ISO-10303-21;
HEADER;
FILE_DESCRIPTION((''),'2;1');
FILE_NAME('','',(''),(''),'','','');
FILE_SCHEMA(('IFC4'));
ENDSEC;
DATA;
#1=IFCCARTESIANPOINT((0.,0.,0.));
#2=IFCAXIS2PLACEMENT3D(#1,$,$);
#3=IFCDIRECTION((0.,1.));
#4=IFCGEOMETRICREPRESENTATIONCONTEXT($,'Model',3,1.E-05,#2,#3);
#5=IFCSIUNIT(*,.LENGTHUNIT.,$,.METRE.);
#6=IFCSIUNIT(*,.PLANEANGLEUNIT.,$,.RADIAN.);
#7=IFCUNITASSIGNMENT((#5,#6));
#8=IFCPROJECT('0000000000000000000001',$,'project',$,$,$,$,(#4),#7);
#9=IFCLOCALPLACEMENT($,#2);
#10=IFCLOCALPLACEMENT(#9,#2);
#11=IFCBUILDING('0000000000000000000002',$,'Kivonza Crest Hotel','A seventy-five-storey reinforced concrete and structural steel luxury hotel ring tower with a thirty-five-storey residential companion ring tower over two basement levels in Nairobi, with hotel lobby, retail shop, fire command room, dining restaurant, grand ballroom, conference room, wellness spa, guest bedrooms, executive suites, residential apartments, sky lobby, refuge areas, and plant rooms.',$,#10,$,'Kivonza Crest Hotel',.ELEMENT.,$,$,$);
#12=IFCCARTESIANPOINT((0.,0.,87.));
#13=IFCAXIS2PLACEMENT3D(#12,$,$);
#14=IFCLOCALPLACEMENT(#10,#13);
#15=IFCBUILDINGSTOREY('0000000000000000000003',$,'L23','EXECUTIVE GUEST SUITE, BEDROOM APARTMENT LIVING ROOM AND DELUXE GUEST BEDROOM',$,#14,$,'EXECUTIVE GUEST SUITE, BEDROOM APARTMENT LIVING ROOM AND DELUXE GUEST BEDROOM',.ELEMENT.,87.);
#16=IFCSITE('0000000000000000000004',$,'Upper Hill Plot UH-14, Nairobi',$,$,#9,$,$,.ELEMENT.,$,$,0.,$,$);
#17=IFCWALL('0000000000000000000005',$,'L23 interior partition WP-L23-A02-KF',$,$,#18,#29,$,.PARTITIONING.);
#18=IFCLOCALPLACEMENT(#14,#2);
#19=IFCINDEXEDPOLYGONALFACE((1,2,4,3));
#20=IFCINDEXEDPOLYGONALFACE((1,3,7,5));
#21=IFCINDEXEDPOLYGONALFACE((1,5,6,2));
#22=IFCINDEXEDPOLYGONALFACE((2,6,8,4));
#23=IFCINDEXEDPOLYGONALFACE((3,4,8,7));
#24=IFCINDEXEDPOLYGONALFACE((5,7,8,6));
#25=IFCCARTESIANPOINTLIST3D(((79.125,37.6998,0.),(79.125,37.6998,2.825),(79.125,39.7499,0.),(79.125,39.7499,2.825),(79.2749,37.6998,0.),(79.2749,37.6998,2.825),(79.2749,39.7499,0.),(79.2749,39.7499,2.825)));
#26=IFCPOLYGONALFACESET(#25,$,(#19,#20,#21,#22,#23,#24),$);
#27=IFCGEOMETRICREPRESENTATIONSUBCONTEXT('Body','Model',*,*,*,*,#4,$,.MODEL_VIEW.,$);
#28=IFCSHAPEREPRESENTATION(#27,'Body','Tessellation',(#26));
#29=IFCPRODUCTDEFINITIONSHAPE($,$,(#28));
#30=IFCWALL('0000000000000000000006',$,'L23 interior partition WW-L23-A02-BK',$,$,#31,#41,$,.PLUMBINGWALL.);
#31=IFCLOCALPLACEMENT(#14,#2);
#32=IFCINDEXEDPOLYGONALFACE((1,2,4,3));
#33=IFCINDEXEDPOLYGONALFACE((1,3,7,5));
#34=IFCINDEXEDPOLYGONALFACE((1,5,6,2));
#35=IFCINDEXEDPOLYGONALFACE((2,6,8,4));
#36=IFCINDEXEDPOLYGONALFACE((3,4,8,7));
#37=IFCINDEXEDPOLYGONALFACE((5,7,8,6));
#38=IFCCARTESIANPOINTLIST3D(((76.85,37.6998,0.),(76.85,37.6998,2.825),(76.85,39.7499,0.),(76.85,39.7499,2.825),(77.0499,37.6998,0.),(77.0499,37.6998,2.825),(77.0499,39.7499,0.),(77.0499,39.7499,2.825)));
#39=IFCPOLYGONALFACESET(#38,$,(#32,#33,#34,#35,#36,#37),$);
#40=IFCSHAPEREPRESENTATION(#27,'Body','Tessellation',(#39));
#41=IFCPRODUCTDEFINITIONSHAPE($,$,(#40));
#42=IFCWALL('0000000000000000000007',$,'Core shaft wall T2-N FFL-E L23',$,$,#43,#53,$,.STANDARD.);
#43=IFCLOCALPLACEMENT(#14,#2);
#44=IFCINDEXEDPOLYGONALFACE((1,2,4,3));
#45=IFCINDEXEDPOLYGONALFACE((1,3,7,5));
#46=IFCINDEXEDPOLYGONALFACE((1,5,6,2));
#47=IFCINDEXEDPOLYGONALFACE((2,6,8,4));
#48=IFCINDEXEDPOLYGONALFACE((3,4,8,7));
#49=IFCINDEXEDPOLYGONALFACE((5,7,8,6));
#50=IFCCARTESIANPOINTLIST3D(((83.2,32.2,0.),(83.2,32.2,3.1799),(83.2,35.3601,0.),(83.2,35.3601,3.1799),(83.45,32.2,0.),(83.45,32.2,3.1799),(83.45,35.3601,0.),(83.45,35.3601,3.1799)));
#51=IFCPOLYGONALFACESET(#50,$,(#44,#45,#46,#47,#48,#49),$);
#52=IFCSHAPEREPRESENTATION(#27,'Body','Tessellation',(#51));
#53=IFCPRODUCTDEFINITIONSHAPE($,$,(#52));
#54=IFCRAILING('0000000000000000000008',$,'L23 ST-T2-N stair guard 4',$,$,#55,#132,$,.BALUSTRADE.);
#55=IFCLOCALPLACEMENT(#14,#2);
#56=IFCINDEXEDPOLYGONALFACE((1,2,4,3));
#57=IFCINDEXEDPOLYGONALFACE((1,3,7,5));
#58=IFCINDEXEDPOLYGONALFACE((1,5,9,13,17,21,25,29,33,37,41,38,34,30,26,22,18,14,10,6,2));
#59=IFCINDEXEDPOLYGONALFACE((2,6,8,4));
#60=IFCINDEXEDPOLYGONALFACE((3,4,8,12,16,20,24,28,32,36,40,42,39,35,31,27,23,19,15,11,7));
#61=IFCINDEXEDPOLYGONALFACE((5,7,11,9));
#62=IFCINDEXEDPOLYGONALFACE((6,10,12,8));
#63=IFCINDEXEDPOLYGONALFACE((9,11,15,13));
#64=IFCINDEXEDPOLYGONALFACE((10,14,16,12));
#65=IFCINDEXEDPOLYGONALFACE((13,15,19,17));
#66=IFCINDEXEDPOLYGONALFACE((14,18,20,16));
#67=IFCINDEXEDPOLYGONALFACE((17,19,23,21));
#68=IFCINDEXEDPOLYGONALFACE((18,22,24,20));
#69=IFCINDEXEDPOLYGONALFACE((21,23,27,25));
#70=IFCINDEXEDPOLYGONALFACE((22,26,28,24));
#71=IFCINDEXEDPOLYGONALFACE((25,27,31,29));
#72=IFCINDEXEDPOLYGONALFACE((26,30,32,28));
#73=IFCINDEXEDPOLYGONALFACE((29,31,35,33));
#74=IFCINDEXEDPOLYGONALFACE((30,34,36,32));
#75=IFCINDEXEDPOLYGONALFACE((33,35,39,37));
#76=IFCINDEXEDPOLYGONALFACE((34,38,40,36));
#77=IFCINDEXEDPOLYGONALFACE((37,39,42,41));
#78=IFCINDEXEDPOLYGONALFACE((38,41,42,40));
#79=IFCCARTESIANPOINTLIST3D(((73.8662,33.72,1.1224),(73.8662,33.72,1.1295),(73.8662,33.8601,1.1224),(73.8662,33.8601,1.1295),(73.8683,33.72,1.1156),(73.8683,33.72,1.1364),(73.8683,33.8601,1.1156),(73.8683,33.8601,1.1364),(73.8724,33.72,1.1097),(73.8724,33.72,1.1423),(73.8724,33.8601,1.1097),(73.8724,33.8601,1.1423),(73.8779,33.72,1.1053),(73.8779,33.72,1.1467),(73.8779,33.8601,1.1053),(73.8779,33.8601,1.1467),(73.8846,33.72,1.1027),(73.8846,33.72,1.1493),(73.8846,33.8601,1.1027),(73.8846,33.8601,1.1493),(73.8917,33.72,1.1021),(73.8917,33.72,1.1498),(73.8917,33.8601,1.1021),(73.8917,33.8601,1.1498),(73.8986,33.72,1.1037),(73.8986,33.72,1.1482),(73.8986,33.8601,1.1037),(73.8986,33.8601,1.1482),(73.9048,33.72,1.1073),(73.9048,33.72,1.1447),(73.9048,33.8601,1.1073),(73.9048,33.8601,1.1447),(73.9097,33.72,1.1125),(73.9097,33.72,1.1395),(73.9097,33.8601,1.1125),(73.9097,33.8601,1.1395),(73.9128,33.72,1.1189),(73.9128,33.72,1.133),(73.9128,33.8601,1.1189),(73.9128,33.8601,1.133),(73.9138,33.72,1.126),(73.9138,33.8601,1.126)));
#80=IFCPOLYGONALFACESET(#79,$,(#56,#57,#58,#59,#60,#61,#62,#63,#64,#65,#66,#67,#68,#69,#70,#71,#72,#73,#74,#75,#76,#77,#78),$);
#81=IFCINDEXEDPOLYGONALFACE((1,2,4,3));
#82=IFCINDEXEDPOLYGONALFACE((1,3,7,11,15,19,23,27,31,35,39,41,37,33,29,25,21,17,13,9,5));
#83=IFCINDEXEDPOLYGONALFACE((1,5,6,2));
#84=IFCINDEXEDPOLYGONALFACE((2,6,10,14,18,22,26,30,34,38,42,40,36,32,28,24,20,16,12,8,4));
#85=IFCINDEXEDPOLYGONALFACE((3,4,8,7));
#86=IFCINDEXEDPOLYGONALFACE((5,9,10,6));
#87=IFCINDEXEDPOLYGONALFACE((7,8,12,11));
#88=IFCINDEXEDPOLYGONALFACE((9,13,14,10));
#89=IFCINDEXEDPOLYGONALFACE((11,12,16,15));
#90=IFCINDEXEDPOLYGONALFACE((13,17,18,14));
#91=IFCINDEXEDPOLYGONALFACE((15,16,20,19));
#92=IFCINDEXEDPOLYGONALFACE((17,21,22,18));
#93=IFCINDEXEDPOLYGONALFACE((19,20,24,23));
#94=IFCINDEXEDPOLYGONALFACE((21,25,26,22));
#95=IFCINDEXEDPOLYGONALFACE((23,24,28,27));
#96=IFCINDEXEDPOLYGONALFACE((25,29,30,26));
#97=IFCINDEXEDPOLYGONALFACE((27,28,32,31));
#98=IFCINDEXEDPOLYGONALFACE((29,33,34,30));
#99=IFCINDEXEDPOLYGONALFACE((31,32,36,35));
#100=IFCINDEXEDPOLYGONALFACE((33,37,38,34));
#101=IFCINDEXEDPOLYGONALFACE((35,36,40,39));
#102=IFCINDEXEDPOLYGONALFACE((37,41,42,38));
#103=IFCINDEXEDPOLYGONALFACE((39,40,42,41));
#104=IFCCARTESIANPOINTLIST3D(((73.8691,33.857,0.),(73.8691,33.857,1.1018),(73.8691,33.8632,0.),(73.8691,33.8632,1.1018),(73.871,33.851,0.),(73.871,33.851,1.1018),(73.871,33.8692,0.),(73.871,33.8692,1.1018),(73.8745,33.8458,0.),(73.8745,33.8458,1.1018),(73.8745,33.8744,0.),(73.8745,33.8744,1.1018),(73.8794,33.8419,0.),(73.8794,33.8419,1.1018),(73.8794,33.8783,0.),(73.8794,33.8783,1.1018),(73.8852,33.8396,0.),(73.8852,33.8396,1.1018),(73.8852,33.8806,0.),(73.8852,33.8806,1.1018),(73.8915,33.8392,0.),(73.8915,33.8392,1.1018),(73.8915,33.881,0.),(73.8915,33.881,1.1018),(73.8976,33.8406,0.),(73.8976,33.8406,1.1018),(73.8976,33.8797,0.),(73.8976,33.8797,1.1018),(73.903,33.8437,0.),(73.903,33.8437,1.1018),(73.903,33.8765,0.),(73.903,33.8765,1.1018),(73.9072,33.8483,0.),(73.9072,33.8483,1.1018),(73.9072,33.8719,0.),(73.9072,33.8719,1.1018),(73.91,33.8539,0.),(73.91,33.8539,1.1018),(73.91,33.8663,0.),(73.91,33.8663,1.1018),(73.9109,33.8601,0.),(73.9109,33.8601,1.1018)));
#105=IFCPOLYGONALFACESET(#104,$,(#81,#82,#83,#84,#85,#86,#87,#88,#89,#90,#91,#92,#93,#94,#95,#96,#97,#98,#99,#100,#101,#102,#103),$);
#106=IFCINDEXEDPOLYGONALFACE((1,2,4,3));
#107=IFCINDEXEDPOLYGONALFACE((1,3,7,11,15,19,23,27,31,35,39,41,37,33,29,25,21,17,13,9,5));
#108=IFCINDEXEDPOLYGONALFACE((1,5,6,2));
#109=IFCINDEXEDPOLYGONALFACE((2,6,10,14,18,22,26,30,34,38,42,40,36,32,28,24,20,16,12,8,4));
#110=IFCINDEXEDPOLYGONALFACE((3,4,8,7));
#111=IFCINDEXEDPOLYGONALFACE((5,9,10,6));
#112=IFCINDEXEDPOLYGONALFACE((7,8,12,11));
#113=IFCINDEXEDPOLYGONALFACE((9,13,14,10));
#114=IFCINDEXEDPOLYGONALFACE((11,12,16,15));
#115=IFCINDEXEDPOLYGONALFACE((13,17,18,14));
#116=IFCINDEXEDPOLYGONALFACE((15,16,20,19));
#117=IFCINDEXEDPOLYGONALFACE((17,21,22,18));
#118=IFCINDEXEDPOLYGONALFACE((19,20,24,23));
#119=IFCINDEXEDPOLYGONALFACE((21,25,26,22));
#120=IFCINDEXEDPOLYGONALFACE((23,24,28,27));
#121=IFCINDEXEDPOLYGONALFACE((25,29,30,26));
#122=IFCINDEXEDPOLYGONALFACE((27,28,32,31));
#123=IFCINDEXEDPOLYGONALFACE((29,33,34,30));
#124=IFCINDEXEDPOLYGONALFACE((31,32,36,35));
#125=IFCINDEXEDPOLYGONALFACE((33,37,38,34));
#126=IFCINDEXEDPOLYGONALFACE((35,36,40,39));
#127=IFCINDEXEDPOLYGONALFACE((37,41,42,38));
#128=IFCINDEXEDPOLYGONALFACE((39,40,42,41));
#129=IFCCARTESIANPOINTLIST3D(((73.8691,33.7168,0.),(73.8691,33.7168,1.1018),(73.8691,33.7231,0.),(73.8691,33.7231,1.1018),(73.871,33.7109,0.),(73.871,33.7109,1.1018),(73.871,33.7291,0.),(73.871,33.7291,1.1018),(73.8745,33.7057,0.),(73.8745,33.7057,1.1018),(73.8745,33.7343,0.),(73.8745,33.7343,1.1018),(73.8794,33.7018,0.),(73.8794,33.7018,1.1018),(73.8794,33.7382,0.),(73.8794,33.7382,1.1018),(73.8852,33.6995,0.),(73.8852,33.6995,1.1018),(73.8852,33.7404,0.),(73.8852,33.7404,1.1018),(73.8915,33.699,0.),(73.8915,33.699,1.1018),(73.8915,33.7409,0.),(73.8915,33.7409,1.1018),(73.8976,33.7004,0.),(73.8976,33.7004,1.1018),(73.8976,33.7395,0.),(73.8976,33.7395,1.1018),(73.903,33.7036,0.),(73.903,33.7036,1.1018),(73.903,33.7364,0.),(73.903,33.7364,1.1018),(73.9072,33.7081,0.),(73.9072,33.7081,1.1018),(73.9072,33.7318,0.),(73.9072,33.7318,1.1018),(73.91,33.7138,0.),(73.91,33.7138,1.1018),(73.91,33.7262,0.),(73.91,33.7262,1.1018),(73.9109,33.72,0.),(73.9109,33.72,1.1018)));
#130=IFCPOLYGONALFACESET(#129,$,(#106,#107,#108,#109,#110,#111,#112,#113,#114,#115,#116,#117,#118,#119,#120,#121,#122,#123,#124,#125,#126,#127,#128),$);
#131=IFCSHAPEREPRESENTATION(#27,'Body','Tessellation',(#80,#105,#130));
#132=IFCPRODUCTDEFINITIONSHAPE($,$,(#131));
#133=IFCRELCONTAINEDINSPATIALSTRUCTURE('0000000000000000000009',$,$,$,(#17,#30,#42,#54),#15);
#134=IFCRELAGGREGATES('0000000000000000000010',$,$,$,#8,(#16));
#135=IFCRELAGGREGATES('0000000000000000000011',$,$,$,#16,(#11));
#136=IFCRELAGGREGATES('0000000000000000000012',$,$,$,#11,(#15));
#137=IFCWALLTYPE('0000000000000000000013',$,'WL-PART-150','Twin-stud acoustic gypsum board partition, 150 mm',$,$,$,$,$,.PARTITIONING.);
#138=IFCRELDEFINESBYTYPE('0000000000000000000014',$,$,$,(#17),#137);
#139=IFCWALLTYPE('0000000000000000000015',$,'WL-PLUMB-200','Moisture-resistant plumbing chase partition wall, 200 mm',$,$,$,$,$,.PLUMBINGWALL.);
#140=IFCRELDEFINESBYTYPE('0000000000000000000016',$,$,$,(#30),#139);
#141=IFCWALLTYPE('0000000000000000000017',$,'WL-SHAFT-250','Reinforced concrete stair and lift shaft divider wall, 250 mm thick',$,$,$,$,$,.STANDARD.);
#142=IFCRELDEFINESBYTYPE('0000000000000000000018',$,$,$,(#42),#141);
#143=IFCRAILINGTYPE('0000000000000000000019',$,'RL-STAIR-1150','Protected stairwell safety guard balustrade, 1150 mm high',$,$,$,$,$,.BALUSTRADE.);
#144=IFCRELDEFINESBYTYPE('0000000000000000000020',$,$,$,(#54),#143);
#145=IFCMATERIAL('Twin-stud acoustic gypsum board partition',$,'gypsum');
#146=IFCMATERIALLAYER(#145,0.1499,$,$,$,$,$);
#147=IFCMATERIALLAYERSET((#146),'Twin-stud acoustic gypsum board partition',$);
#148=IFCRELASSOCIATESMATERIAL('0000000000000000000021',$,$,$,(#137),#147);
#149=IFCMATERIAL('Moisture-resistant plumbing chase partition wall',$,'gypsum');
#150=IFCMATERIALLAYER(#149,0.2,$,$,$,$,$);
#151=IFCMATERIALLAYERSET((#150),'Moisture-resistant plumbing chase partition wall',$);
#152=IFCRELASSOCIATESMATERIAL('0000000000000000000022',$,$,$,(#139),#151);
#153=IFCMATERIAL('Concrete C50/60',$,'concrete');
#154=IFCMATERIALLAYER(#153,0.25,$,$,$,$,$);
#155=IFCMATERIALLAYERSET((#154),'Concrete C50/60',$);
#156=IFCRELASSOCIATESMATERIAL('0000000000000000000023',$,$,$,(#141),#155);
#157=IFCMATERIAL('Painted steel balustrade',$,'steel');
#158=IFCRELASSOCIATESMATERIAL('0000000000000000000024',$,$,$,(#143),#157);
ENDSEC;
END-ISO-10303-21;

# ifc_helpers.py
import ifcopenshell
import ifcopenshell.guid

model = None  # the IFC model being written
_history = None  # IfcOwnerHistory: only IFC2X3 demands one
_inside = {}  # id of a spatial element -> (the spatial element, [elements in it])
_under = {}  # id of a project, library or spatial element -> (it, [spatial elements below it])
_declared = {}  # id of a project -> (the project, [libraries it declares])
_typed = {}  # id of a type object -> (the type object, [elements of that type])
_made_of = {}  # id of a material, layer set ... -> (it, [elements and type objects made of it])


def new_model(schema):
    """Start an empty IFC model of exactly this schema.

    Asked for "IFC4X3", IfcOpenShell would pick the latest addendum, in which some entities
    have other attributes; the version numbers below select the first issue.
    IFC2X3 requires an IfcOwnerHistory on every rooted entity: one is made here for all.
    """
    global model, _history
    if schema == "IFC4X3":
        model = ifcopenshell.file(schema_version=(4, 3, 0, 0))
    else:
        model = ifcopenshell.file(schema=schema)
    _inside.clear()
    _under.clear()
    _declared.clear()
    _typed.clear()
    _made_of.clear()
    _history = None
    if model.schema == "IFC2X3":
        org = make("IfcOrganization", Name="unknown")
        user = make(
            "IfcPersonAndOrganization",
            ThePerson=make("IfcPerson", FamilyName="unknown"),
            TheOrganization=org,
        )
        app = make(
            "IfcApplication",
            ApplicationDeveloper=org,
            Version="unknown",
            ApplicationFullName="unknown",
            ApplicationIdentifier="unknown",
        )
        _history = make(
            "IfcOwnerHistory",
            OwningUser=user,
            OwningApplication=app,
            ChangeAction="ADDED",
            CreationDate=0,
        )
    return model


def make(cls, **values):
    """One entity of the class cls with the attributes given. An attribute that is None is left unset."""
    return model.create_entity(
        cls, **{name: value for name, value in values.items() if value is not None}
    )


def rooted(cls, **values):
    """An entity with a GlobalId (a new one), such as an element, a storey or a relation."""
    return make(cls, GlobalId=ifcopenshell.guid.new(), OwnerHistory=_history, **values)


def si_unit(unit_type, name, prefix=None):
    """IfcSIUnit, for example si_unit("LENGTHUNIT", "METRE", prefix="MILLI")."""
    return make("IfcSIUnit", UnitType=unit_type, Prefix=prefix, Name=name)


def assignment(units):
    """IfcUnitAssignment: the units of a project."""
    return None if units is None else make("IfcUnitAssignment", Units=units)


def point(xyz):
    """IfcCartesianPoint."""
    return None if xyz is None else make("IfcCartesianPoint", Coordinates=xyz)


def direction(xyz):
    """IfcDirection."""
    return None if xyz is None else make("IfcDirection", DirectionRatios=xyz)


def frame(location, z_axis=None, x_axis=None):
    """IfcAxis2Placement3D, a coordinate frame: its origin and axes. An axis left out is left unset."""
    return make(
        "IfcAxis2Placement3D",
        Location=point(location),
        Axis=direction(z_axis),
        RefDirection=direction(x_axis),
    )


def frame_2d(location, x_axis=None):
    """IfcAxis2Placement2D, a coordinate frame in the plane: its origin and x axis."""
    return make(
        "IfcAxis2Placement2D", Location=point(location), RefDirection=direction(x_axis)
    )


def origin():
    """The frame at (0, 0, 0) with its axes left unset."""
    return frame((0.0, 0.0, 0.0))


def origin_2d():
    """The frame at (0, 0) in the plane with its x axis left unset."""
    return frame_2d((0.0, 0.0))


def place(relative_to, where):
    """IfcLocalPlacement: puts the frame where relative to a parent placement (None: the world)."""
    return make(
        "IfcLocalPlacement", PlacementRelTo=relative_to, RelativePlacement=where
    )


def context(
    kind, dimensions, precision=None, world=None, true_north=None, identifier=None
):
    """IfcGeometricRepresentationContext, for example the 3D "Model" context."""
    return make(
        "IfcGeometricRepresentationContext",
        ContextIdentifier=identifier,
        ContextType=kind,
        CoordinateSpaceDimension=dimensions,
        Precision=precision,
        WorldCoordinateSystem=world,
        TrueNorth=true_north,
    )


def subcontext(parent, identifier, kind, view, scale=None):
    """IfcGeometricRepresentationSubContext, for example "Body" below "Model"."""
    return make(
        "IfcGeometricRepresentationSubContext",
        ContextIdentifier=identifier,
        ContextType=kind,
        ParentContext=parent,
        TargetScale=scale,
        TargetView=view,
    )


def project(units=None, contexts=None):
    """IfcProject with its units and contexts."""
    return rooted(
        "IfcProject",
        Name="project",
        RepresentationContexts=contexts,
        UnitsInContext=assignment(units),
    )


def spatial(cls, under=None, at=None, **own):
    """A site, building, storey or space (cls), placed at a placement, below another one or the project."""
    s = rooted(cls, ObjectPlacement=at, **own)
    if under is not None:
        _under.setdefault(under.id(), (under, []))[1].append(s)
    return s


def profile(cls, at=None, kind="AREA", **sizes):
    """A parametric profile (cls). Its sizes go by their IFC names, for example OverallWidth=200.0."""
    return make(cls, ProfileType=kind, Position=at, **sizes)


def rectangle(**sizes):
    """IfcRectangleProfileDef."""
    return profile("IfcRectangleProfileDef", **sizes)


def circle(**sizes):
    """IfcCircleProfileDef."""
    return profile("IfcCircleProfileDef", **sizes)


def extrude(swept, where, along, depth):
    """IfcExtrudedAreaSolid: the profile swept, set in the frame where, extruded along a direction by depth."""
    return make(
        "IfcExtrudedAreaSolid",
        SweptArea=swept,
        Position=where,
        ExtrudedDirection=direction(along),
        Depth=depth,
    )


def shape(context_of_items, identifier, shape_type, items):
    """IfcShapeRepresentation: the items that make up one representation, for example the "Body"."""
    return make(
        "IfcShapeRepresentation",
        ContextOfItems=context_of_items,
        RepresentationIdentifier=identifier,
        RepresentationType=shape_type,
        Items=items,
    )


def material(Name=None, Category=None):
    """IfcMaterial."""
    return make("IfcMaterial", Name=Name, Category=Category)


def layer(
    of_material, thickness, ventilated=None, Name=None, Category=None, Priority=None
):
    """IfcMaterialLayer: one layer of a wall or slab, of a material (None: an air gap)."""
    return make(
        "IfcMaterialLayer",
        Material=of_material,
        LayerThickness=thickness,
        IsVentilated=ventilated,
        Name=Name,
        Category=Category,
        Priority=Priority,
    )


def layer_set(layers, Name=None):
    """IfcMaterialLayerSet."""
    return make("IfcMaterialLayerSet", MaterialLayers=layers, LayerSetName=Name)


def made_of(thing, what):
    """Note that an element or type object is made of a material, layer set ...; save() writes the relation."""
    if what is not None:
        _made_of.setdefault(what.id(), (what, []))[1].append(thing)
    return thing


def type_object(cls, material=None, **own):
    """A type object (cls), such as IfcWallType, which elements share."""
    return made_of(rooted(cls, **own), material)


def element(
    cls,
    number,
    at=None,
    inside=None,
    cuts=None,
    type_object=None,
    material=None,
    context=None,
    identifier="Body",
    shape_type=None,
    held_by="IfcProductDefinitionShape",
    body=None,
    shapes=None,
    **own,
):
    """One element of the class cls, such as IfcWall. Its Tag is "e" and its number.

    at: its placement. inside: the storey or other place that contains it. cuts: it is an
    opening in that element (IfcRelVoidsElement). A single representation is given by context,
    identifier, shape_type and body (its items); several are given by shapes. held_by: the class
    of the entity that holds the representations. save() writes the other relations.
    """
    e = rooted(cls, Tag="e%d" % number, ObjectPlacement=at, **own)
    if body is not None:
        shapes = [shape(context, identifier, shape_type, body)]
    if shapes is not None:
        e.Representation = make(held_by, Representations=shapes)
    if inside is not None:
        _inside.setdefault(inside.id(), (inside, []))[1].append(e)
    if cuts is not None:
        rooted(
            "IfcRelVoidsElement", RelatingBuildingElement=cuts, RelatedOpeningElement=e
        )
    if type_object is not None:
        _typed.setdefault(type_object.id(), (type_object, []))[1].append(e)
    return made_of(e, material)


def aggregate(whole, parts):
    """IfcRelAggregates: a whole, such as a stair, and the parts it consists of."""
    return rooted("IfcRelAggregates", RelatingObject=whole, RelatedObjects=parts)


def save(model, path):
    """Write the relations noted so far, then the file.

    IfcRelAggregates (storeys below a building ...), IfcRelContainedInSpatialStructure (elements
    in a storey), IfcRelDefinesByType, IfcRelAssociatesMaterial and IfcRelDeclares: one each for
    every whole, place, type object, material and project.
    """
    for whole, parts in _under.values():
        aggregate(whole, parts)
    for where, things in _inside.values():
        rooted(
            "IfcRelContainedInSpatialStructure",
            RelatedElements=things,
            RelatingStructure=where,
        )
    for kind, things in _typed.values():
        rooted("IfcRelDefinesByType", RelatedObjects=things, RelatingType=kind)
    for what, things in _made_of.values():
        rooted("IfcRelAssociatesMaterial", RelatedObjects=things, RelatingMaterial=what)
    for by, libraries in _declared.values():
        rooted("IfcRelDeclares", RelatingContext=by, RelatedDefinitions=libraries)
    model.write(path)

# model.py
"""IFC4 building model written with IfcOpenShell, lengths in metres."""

from ifc_helpers import new_model, si_unit, direction, frame, frame_2d, origin, origin_2d, place, context, subcontext, project, spatial, rectangle, circle, extrude, material, layer, layer_set, type_object, element, save


model = new_model("IFC4")

# Units and contexts
model_context = context("Model", 3, precision=1e-05, world=origin(), true_north=direction((0.0, 1.0)))
body_context = subcontext(model_context, "Body", "Model", "MODEL_VIEW")
ifc_project = project(units=[si_unit("LENGTHUNIT", "METRE"), si_unit("PLANEANGLEUNIT", "RADIAN")], contexts=[model_context])

# Site, building, storey
site_placement = place(None, origin())
site = spatial("IfcSite", under=ifc_project, at=site_placement, Name="Upper Hill Plot UH-14, Nairobi", CompositionType="ELEMENT", RefElevation=0.0)
building_placement = place(site_placement, origin())
building = spatial("IfcBuilding", under=site, at=building_placement, Name="Kivonza Crest Hotel", Description="A seventy-five-storey reinforced concrete and structural steel luxury hotel ring tower with a thirty-five-storey residential companion ring tower over two basement levels in Nairobi, with hotel lobby, retail shop, fire command room, dining restaurant, grand ballroom, conference room, wellness spa, guest bedrooms, executive suites, residential apartments, sky lobby, refuge areas, and plant rooms.", LongName="Kivonza Crest Hotel", CompositionType="ELEMENT")
storey_placement = place(building_placement, frame((0.0, 0.0, 87.0)))
storey = spatial("IfcBuildingStorey", under=building, at=storey_placement, Name="L23", Description="EXECUTIVE GUEST SUITE, BEDROOM APARTMENT LIVING ROOM AND DELUXE GUEST BEDROOM", LongName="EXECUTIVE GUEST SUITE, BEDROOM APARTMENT LIVING ROOM AND DELUXE GUEST BEDROOM", CompositionType="ELEMENT", Elevation=87.0)

# Shared definitions
ifc_material_1 = material(Name="Twin-stud acoustic gypsum board partition", Category="gypsum")
ifc_layer_1 = layer(ifc_material_1, 0.1499)
ifc_layer_set_1 = layer_set([ifc_layer_1], Name="Twin-stud acoustic gypsum board partition")
wall_type_1 = type_object("IfcWallType", Name="WL-PART-150", Description="Twin-stud acoustic gypsum board partition, 150 mm", PredefinedType="PARTITIONING", material=ifc_layer_set_1)

# Walls
wall_1_placement = place(storey_placement, frame((79.2, 37.7, 0.0), z_axis=(0.0, 0.0, 1.0), x_axis=(0.0, 1.0, 0.0)))
element("IfcWall", 1, at=wall_1_placement, inside=storey, type_object=wall_type_1, Name="L23 interior partition WP-L23-A02-KF", PredefinedType="PARTITIONING", context=body_context, shape_type="SweptSolid", body=[
    extrude(rectangle(XDim=2.05, YDim=0.1499, at=frame_2d((1.0249, 0.0))), origin(), (0.0, 0.0, 1.0), 2.825),
])
ifc_material_2 = material(Name="Moisture-resistant plumbing chase partition wall", Category="gypsum")
ifc_layer_2 = layer(ifc_material_2, 0.2)
ifc_layer_set_2 = layer_set([ifc_layer_2], Name="Moisture-resistant plumbing chase partition wall")
wall_type_2 = type_object("IfcWallType", Name="WL-PLUMB-200", Description="Moisture-resistant plumbing chase partition wall, 200 mm", PredefinedType="PLUMBINGWALL", material=ifc_layer_set_2)
wall_2_placement = place(storey_placement, frame((76.95, 37.7, 0.0), z_axis=(0.0, 0.0, 1.0), x_axis=(0.0, 1.0, 0.0)))
element("IfcWall", 2, at=wall_2_placement, inside=storey, type_object=wall_type_2, Name="L23 interior partition WW-L23-A02-BK", PredefinedType="PLUMBINGWALL", context=body_context, shape_type="SweptSolid", body=[
    extrude(rectangle(XDim=2.05, YDim=0.2, at=frame_2d((1.0249, 0.0))), origin(), (0.0, 0.0, 1.0), 2.825),
])

# Shared definitions
ifc_material_3 = material(Name="Concrete C50/60", Category="concrete")
ifc_layer_3 = layer(ifc_material_3, 0.25)
ifc_layer_set_3 = layer_set([ifc_layer_3], Name="Concrete C50/60")
wall_type_3 = type_object("IfcWallType", Name="WL-SHAFT-250", Description="Reinforced concrete stair and lift shaft divider wall, 250 mm thick", PredefinedType="STANDARD", material=ifc_layer_set_3)

# Wall
wall_3_placement = place(storey_placement, frame((83.325, 32.2, 0.0), z_axis=(0.0, 0.0, 1.0), x_axis=(0.0, 1.0, 0.0)))
element("IfcWall", 3, at=wall_3_placement, inside=storey, type_object=wall_type_3, Name="Core shaft wall T2-N FFL-E L23", PredefinedType="STANDARD", context=body_context, shape_type="SweptSolid", body=[
    extrude(rectangle(XDim=3.1602, YDim=0.25, at=frame_2d((1.5801, 0.0))), origin(), (0.0, 0.0, 1.0), 3.1799),
])

# Railing
ifc_material_4 = material(Name="Painted steel balustrade", Category="steel")
railing_type = type_object("IfcRailingType", Name="RL-STAIR-1150", Description="Protected stairwell safety guard balustrade, 1150 mm high", PredefinedType="BALUSTRADE", material=ifc_material_4)
railing_placement = place(storey_placement, frame((73.8899, 33.8601, 0.0)))
element("IfcRailing", 4, at=railing_placement, inside=storey, type_object=railing_type, Name="L23 ST-T2-N stair guard 4", PredefinedType="BALUSTRADE", context=body_context, shape_type="SweptSolid", body=[
    extrude(circle(Radius=0.0239, at=origin_2d()), frame((0.0, 0.0, 1.126), z_axis=(0.0, -1.0, 0.0), x_axis=(1.0, 0.0, 0.0)), (0.0, 0.0, 1.0), 0.1401),
    extrude(circle(Radius=0.021, at=origin_2d()), origin(), (0.0, 0.0, 1.0), 1.1018),
    extrude(circle(Radius=0.021, at=origin_2d()), frame((0.0, -0.1401, 0.0)), (0.0, 0.0, 1.0), 1.1018),
])

save(model, "model.ifc")
